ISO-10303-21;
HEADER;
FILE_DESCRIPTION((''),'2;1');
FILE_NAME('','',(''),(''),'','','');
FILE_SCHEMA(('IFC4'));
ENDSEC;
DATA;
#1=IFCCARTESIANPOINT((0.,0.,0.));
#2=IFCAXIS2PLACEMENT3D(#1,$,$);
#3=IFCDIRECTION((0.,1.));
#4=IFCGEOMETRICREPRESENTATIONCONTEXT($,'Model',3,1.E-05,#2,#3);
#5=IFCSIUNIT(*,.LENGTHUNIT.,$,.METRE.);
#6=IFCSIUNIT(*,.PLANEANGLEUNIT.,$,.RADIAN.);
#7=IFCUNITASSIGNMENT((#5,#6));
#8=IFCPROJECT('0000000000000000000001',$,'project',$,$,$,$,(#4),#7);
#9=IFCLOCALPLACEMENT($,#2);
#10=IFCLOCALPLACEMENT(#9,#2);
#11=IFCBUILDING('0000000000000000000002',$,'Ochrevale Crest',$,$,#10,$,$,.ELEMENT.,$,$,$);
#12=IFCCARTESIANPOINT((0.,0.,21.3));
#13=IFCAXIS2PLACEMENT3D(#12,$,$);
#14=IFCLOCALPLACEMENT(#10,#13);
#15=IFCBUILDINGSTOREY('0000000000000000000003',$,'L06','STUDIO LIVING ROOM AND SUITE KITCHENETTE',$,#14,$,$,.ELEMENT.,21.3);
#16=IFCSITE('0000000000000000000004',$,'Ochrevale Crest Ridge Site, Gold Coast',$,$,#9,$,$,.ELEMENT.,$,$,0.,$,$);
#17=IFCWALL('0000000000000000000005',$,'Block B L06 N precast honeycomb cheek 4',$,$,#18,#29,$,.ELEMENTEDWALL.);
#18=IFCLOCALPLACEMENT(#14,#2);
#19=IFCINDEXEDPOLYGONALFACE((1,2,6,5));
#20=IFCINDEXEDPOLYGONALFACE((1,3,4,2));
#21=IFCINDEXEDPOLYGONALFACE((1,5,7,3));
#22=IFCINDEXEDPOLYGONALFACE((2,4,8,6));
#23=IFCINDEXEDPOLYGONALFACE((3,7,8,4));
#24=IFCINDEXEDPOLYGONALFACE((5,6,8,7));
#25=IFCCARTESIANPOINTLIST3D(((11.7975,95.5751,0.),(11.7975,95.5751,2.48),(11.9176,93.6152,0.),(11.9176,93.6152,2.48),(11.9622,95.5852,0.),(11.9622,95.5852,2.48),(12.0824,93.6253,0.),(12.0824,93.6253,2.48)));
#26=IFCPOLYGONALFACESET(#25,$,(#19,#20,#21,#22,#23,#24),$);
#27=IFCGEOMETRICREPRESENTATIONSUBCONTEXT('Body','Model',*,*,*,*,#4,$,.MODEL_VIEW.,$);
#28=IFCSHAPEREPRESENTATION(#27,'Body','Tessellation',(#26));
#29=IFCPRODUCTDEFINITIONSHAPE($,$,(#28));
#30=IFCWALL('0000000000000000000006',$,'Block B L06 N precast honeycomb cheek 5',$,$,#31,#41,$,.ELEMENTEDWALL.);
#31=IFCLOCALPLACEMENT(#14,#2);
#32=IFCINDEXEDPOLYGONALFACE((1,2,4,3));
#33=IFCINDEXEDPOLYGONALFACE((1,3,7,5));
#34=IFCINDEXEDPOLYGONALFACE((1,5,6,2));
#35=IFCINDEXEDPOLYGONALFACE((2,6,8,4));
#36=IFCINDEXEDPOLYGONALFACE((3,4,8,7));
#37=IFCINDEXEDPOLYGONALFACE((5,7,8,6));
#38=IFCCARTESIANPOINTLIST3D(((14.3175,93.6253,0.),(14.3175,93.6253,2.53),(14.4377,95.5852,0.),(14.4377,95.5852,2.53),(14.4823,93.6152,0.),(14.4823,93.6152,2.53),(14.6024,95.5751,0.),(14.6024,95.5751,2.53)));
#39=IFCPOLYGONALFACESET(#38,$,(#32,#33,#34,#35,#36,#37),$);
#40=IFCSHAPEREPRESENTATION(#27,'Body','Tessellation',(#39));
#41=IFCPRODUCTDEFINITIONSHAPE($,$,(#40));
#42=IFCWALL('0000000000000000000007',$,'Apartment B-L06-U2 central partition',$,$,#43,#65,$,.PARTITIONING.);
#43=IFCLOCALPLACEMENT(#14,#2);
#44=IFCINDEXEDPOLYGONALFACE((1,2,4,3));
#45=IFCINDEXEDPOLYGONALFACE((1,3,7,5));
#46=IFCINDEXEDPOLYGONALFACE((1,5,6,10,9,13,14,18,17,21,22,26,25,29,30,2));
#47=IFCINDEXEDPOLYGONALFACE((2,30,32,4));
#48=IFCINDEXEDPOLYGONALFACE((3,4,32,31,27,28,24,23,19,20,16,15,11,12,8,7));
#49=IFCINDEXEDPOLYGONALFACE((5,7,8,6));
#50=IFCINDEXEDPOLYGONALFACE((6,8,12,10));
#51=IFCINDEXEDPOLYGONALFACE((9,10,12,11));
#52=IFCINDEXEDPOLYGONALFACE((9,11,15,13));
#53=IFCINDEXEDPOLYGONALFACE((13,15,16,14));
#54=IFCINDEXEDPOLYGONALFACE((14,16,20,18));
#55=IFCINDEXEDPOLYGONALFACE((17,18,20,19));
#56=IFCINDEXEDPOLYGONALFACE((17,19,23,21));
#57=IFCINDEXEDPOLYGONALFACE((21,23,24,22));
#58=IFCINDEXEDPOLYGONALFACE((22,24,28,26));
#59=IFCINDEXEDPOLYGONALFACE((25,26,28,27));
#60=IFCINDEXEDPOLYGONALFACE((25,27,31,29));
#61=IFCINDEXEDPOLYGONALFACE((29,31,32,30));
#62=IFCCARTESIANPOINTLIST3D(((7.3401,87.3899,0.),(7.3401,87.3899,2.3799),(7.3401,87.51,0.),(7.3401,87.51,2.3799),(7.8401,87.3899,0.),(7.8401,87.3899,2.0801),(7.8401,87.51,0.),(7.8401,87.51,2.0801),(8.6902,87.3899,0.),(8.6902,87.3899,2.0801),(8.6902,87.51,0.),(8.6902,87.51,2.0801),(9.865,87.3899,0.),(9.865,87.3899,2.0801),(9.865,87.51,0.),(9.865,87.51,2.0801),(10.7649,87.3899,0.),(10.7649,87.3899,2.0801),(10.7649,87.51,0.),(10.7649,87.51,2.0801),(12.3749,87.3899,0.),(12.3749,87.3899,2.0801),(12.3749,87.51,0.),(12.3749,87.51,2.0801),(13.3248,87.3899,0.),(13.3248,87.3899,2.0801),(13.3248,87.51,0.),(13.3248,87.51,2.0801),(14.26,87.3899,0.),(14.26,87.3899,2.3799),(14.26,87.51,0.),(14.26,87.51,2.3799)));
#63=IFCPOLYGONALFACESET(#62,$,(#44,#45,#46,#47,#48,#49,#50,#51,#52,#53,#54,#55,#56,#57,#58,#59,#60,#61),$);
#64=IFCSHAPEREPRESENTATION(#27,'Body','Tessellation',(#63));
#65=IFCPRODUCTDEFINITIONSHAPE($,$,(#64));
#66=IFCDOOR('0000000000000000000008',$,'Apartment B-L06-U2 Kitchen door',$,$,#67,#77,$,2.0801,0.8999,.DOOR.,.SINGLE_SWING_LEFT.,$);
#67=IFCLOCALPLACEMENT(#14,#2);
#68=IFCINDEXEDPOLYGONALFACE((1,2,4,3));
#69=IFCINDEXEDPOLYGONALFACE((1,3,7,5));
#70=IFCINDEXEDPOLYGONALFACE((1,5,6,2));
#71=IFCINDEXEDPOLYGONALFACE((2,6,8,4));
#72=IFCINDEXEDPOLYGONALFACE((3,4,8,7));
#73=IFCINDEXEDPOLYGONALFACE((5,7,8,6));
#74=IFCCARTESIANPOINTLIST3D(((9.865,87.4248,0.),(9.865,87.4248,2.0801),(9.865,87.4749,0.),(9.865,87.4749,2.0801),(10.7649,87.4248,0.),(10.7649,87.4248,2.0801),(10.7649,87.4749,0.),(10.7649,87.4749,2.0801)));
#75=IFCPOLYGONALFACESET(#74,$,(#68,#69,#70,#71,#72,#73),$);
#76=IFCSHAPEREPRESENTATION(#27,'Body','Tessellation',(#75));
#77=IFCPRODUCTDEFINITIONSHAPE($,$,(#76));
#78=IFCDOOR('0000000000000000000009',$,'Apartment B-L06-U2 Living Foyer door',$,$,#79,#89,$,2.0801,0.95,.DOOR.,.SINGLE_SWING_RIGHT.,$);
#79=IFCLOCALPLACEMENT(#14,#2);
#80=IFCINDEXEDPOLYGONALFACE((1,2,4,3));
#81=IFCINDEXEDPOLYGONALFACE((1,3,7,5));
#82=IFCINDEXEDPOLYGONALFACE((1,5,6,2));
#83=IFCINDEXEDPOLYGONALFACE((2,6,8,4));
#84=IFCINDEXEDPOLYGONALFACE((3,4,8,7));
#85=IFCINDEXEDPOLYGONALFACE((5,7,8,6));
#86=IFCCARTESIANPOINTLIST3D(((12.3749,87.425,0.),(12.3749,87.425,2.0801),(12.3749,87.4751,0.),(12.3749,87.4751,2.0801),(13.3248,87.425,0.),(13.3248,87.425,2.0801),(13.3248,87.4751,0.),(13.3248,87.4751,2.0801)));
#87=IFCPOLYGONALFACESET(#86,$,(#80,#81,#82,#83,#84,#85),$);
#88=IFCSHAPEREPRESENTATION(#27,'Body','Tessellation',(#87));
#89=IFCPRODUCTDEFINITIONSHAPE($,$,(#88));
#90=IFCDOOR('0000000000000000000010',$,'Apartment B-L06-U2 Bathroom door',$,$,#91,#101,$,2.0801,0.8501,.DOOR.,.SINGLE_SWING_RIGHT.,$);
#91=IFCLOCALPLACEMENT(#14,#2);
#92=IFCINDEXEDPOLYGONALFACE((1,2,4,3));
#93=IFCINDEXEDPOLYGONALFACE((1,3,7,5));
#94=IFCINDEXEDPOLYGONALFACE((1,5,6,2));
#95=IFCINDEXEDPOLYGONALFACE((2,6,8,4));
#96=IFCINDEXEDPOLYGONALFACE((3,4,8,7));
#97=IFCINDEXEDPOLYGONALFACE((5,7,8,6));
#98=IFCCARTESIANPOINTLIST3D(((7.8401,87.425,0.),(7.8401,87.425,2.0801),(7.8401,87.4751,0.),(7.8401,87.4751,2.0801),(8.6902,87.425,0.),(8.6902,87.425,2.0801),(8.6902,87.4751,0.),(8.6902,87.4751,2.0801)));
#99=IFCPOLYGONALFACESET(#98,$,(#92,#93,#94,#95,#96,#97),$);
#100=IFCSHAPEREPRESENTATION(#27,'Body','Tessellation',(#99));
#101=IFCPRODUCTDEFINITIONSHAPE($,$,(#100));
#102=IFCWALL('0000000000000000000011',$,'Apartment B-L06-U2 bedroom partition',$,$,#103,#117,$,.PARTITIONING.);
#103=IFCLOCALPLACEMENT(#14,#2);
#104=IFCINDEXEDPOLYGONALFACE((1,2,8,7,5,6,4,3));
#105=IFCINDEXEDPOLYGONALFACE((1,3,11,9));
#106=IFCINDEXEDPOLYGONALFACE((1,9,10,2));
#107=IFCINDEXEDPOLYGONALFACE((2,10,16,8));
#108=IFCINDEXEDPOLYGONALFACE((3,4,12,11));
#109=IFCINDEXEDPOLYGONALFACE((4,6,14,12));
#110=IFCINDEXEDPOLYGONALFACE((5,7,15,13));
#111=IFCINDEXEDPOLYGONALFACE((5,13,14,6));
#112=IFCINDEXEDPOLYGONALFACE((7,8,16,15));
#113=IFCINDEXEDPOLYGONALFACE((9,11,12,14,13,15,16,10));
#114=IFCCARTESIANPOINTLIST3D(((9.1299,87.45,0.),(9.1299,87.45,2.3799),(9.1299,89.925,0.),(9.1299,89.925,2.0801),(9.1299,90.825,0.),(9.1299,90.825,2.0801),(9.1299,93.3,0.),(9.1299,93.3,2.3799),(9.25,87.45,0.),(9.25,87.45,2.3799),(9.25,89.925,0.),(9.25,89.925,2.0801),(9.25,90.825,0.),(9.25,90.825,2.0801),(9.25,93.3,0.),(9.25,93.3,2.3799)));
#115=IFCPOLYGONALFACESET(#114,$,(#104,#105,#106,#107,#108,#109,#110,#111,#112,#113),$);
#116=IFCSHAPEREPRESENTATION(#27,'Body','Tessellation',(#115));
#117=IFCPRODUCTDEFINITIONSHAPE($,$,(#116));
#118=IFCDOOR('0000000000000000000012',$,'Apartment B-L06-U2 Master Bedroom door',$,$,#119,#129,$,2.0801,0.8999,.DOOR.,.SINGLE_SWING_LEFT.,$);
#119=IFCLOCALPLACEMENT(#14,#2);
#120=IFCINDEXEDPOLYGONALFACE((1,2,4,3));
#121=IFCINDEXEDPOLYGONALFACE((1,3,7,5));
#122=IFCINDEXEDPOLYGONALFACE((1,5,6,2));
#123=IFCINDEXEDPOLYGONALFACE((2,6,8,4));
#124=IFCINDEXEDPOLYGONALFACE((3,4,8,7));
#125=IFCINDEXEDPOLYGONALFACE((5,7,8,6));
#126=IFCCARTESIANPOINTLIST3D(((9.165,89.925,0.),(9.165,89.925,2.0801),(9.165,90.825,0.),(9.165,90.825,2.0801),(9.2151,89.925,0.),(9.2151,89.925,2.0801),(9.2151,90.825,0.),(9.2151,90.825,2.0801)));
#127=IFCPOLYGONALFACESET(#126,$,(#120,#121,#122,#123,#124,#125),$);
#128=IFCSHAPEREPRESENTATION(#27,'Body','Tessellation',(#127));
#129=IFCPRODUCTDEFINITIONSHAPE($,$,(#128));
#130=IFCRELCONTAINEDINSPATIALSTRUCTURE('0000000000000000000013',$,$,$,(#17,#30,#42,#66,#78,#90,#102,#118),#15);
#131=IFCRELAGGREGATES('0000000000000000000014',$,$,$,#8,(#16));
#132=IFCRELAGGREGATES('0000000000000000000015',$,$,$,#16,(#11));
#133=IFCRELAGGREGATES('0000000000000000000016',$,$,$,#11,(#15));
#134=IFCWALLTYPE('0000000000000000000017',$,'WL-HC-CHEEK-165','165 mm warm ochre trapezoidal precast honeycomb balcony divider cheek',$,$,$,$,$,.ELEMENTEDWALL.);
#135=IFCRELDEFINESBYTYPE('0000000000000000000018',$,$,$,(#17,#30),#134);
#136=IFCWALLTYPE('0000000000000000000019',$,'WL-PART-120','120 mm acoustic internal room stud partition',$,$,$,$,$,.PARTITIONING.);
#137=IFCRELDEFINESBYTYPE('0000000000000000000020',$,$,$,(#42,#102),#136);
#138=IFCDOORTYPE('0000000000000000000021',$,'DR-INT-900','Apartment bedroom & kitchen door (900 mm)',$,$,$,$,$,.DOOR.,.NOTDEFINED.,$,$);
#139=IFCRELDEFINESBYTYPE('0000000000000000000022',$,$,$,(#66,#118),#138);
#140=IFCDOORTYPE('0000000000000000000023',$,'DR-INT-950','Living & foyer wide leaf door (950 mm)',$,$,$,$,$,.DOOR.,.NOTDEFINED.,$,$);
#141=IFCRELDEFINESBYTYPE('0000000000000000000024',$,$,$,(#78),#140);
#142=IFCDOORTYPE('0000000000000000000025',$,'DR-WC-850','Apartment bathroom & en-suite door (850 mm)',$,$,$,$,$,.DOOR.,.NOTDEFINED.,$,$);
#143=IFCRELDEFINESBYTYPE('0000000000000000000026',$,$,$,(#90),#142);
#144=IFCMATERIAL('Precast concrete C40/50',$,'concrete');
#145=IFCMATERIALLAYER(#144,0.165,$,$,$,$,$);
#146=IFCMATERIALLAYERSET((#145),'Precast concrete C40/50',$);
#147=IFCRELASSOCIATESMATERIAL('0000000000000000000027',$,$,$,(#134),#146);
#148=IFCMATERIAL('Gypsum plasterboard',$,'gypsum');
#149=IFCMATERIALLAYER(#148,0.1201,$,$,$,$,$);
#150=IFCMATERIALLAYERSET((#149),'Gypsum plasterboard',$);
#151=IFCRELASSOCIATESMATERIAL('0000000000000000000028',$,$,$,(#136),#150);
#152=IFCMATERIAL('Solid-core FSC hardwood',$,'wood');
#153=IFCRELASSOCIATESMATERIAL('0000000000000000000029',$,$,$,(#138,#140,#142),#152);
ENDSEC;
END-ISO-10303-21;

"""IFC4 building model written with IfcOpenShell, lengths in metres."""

from ifc_helpers import new_model, si_unit, direction, frame, frame_2d, origin, place, context, subcontext, project, spatial, rectangle, extrude, material, layer, layer_set, type_object, element, fill, save


model = new_model("IFC4")

# Units and contexts
model_context = context("Model", 3, precision=1e-05, world=origin(), true_north=direction((0.0, 1.0)))
body_context = subcontext(model_context, "Body", "Model", "MODEL_VIEW")
ifc_project = project(units=[si_unit("LENGTHUNIT", "METRE"), si_unit("PLANEANGLEUNIT", "RADIAN")], contexts=[model_context])

# Site, building, storey
site_placement = place(None, origin())
site = spatial("IfcSite", under=ifc_project, at=site_placement, Name="Ochrevale Crest Ridge Site, Gold Coast", CompositionType="ELEMENT", RefElevation=0.0)
building_placement = place(site_placement, origin())
building = spatial("IfcBuilding", under=site, at=building_placement, Name="Ochrevale Crest", CompositionType="ELEMENT")
storey_placement = place(building_placement, frame((0.0, 0.0, 21.3)))
storey = spatial("IfcBuildingStorey", under=building, at=storey_placement, Name="L06", Description="STUDIO LIVING ROOM AND SUITE KITCHENETTE", CompositionType="ELEMENT", Elevation=21.3)

# Shared definitions
ifc_material_1 = material(Name="Precast concrete C40/50", Category="concrete")

# Walls
ifc_layer_1 = layer(ifc_material_1, 0.165)
ifc_layer_set_1 = layer_set([ifc_layer_1], Name="Precast concrete C40/50")
wall_type_1 = type_object("IfcWallType", Name="WL-HC-CHEEK-165", Description="165 mm warm ochre trapezoidal precast honeycomb balcony divider cheek", PredefinedType="ELEMENTEDWALL", material=ifc_layer_set_1)
for number, where, z_axis, x_axis, name in (
    (1, (12.0, 93.6201, 0.0), (0.0, 0.0, 1.0), (-0.061171, 0.998127, 0.0), "Block B L06 N precast honeycomb cheek 4"),
):
    element("IfcWall", number, at=place(storey_placement, frame(where, z_axis=z_axis, x_axis=x_axis)), inside=storey, type_object=wall_type_1, Name=name, PredefinedType="ELEMENTEDWALL", context=body_context, shape_type="SweptSolid", body=[
        extrude(rectangle(XDim=1.9636, YDim=0.165, at=frame_2d((0.9819, 0.0))), origin(), (0.0, 0.0, 1.0), 2.48),
    ])
wall_1_placement = place(storey_placement, frame((14.3999, 93.6201, 0.0), z_axis=(0.0, 0.0, 1.0), x_axis=(0.061171, 0.998127, 0.0)))
element("IfcWall", 2, at=wall_1_placement, inside=storey, type_object=wall_type_1, Name="Block B L06 N precast honeycomb cheek 5", PredefinedType="ELEMENTEDWALL", context=body_context, shape_type="SweptSolid", body=[
    extrude(rectangle(XDim=1.9636, YDim=0.165, at=frame_2d((0.9819, 0.0))), origin(), (0.0, 0.0, 1.0), 2.53),
])

# Wall, openings, doors
ifc_material_2 = material(Name="Gypsum plasterboard", Category="gypsum")
ifc_layer_2 = layer(ifc_material_2, 0.1201)
ifc_layer_set_2 = layer_set([ifc_layer_2], Name="Gypsum plasterboard")
wall_type_2 = type_object("IfcWallType", Name="WL-PART-120", Description="120 mm acoustic internal room stud partition", PredefinedType="PARTITIONING", material=ifc_layer_set_2)
wall_2_placement = place(storey_placement, frame((7.3401, 87.45, 0.0), z_axis=(0.0, 0.0, 1.0), x_axis=(1.0, 0.0, 0.0)))
wall_2 = element("IfcWall", 3, at=wall_2_placement, inside=storey, type_object=wall_type_2, Name="Apartment B-L06-U2 central partition", PredefinedType="PARTITIONING", context=body_context, shape_type="SweptSolid", body=[
    extrude(rectangle(XDim=6.9199, YDim=0.1201, at=frame_2d((3.46, 0.0))), origin(), (0.0, 0.0, 1.0), 2.3799),
])
opening_1_placement = place(wall_2_placement, frame((1.3501, 0.0, 0.0), z_axis=(0.0, 0.0, 1.0), x_axis=(-1.0, 0.0, 0.0)))
opening_1 = element("IfcOpeningElement", 4, at=opening_1_placement, cuts=wall_2, PredefinedType="OPENING", context=body_context, shape_type="SweptSolid", body=[
    extrude(rectangle(XDim=0.8501, YDim=2.0801, at=frame_2d((0.425, 1.04))), frame((0.0, 0.0701, 0.0), z_axis=(0.0, -1.0, 0.0), x_axis=(1.0, 0.0, 0.0)), (0.0, 0.0, 1.0), 0.1401),
])
opening_2_placement = place(wall_2_placement, frame((2.5249, 0.0, 0.0)))
opening_2 = element("IfcOpeningElement", 5, at=opening_2_placement, cuts=wall_2, PredefinedType="OPENING", context=body_context, shape_type="SweptSolid", body=[
    extrude(rectangle(XDim=0.8999, YDim=2.0801, at=frame_2d((0.45, 1.04))), frame((0.0, 0.0701, 0.0), z_axis=(0.0, -1.0, 0.0), x_axis=(1.0, 0.0, 0.0)), (0.0, 0.0, 1.0), 0.1401),
])
opening_3_placement = place(wall_2_placement, frame((5.9849, 0.0, 0.0), z_axis=(0.0, 0.0, 1.0), x_axis=(-1.0, 0.0, 0.0)))
opening_3 = element("IfcOpeningElement", 6, at=opening_3_placement, cuts=wall_2, PredefinedType="OPENING", context=body_context, shape_type="SweptSolid", body=[
    extrude(rectangle(XDim=0.95, YDim=2.0801, at=frame_2d((0.4751, 1.04))), frame((0.0, 0.0701, 0.0), z_axis=(0.0, -1.0, 0.0), x_axis=(1.0, 0.0, 0.0)), (0.0, 0.0, 1.0), 0.1401),
])
ifc_material_3 = material(Name="Solid-core FSC hardwood", Category="wood")
door_type_1 = type_object("IfcDoorType", Name="DR-INT-900", Description="Apartment bedroom & kitchen door (900 mm)", OperationType="NOTDEFINED", PredefinedType="DOOR", material=ifc_material_3)
door_1_placement = place(opening_2_placement, origin())
door_1 = element("IfcDoor", 7, at=door_1_placement, inside=storey, type_object=door_type_1, Name="Apartment B-L06-U2 Kitchen door", OperationType="SINGLE_SWING_LEFT", OverallHeight=2.0801, OverallWidth=0.8999, PredefinedType="DOOR", context=body_context, shape_type="SweptSolid", body=[
    extrude(rectangle(XDim=0.8999, YDim=2.0801, at=frame_2d((0.45, 1.04))), frame((0.0, 0.0249, 0.0), z_axis=(0.0, -1.0, 0.0), x_axis=(1.0, 0.0, 0.0)), (0.0, 0.0, 1.0), 0.05),
])
fill(opening_2, door_1)
door_type_2 = type_object("IfcDoorType", Name="DR-INT-950", Description="Living & foyer wide leaf door (950 mm)", OperationType="NOTDEFINED", PredefinedType="DOOR", material=ifc_material_3)
door_2_placement = place(opening_3_placement, origin())
door_2 = element("IfcDoor", 8, at=door_2_placement, inside=storey, type_object=door_type_2, Name="Apartment B-L06-U2 Living Foyer door", OperationType="SINGLE_SWING_RIGHT", OverallHeight=2.0801, OverallWidth=0.95, PredefinedType="DOOR", context=body_context, shape_type="SweptSolid", body=[
    extrude(rectangle(XDim=0.95, YDim=2.0801, at=frame_2d((0.4751, 1.04))), frame((0.0, 0.0249, 0.0), z_axis=(0.0, -1.0, 0.0), x_axis=(1.0, 0.0, 0.0)), (0.0, 0.0, 1.0), 0.05),
])
fill(opening_3, door_2)
door_type_3 = type_object("IfcDoorType", Name="DR-WC-850", Description="Apartment bathroom & en-suite door (850 mm)", OperationType="NOTDEFINED", PredefinedType="DOOR", material=ifc_material_3)
door_3_placement = place(opening_1_placement, origin())
door_3 = element("IfcDoor", 9, at=door_3_placement, inside=storey, type_object=door_type_3, Name="Apartment B-L06-U2 Bathroom door", OperationType="SINGLE_SWING_RIGHT", OverallHeight=2.0801, OverallWidth=0.8501, PredefinedType="DOOR", context=body_context, shape_type="SweptSolid", body=[
    extrude(rectangle(XDim=0.8501, YDim=2.0801, at=frame_2d((0.425, 1.04))), frame((0.0, 0.0249, 0.0), z_axis=(0.0, -1.0, 0.0), x_axis=(1.0, 0.0, 0.0)), (0.0, 0.0, 1.0), 0.05),
])
fill(opening_1, door_3)

# Wall, opening, door
wall_3_placement = place(storey_placement, frame((9.1899, 87.45, 0.0), z_axis=(0.0, 0.0, 1.0), x_axis=(0.0, 1.0, 0.0)))
wall_3 = element("IfcWall", 10, at=wall_3_placement, inside=storey, type_object=wall_type_2, Name="Apartment B-L06-U2 bedroom partition", PredefinedType="PARTITIONING", context=body_context, shape_type="SweptSolid", body=[
    extrude(rectangle(XDim=5.8501, YDim=0.1201, at=frame_2d((2.925, 0.0))), origin(), (0.0, 0.0, 1.0), 2.3799),
])
opening_4_placement = place(wall_3_placement, frame((2.4751, 0.0, 0.0)))
opening_4 = element("IfcOpeningElement", 11, at=opening_4_placement, cuts=wall_3, PredefinedType="OPENING", context=body_context, shape_type="SweptSolid", body=[
    extrude(rectangle(XDim=0.8999, YDim=2.0801, at=frame_2d((0.45, 1.04))), frame((0.0, 0.0701, 0.0), z_axis=(0.0, -1.0, 0.0), x_axis=(1.0, 0.0, 0.0)), (0.0, 0.0, 1.0), 0.1401),
])
door_4_placement = place(opening_4_placement, origin())
door_4 = element("IfcDoor", 12, at=door_4_placement, inside=storey, type_object=door_type_1, Name="Apartment B-L06-U2 Master Bedroom door", OperationType="SINGLE_SWING_LEFT", OverallHeight=2.0801, OverallWidth=0.8999, PredefinedType="DOOR", context=body_context, shape_type="SweptSolid", body=[
    extrude(rectangle(XDim=0.8999, YDim=2.0801, at=frame_2d((0.45, 1.04))), frame((0.0, 0.0249, 0.0), z_axis=(0.0, -1.0, 0.0), x_axis=(1.0, 0.0, 0.0)), (0.0, 0.0, 1.0), 0.05),
])
fill(opening_4, door_4)

save(model, "model.ifc")
